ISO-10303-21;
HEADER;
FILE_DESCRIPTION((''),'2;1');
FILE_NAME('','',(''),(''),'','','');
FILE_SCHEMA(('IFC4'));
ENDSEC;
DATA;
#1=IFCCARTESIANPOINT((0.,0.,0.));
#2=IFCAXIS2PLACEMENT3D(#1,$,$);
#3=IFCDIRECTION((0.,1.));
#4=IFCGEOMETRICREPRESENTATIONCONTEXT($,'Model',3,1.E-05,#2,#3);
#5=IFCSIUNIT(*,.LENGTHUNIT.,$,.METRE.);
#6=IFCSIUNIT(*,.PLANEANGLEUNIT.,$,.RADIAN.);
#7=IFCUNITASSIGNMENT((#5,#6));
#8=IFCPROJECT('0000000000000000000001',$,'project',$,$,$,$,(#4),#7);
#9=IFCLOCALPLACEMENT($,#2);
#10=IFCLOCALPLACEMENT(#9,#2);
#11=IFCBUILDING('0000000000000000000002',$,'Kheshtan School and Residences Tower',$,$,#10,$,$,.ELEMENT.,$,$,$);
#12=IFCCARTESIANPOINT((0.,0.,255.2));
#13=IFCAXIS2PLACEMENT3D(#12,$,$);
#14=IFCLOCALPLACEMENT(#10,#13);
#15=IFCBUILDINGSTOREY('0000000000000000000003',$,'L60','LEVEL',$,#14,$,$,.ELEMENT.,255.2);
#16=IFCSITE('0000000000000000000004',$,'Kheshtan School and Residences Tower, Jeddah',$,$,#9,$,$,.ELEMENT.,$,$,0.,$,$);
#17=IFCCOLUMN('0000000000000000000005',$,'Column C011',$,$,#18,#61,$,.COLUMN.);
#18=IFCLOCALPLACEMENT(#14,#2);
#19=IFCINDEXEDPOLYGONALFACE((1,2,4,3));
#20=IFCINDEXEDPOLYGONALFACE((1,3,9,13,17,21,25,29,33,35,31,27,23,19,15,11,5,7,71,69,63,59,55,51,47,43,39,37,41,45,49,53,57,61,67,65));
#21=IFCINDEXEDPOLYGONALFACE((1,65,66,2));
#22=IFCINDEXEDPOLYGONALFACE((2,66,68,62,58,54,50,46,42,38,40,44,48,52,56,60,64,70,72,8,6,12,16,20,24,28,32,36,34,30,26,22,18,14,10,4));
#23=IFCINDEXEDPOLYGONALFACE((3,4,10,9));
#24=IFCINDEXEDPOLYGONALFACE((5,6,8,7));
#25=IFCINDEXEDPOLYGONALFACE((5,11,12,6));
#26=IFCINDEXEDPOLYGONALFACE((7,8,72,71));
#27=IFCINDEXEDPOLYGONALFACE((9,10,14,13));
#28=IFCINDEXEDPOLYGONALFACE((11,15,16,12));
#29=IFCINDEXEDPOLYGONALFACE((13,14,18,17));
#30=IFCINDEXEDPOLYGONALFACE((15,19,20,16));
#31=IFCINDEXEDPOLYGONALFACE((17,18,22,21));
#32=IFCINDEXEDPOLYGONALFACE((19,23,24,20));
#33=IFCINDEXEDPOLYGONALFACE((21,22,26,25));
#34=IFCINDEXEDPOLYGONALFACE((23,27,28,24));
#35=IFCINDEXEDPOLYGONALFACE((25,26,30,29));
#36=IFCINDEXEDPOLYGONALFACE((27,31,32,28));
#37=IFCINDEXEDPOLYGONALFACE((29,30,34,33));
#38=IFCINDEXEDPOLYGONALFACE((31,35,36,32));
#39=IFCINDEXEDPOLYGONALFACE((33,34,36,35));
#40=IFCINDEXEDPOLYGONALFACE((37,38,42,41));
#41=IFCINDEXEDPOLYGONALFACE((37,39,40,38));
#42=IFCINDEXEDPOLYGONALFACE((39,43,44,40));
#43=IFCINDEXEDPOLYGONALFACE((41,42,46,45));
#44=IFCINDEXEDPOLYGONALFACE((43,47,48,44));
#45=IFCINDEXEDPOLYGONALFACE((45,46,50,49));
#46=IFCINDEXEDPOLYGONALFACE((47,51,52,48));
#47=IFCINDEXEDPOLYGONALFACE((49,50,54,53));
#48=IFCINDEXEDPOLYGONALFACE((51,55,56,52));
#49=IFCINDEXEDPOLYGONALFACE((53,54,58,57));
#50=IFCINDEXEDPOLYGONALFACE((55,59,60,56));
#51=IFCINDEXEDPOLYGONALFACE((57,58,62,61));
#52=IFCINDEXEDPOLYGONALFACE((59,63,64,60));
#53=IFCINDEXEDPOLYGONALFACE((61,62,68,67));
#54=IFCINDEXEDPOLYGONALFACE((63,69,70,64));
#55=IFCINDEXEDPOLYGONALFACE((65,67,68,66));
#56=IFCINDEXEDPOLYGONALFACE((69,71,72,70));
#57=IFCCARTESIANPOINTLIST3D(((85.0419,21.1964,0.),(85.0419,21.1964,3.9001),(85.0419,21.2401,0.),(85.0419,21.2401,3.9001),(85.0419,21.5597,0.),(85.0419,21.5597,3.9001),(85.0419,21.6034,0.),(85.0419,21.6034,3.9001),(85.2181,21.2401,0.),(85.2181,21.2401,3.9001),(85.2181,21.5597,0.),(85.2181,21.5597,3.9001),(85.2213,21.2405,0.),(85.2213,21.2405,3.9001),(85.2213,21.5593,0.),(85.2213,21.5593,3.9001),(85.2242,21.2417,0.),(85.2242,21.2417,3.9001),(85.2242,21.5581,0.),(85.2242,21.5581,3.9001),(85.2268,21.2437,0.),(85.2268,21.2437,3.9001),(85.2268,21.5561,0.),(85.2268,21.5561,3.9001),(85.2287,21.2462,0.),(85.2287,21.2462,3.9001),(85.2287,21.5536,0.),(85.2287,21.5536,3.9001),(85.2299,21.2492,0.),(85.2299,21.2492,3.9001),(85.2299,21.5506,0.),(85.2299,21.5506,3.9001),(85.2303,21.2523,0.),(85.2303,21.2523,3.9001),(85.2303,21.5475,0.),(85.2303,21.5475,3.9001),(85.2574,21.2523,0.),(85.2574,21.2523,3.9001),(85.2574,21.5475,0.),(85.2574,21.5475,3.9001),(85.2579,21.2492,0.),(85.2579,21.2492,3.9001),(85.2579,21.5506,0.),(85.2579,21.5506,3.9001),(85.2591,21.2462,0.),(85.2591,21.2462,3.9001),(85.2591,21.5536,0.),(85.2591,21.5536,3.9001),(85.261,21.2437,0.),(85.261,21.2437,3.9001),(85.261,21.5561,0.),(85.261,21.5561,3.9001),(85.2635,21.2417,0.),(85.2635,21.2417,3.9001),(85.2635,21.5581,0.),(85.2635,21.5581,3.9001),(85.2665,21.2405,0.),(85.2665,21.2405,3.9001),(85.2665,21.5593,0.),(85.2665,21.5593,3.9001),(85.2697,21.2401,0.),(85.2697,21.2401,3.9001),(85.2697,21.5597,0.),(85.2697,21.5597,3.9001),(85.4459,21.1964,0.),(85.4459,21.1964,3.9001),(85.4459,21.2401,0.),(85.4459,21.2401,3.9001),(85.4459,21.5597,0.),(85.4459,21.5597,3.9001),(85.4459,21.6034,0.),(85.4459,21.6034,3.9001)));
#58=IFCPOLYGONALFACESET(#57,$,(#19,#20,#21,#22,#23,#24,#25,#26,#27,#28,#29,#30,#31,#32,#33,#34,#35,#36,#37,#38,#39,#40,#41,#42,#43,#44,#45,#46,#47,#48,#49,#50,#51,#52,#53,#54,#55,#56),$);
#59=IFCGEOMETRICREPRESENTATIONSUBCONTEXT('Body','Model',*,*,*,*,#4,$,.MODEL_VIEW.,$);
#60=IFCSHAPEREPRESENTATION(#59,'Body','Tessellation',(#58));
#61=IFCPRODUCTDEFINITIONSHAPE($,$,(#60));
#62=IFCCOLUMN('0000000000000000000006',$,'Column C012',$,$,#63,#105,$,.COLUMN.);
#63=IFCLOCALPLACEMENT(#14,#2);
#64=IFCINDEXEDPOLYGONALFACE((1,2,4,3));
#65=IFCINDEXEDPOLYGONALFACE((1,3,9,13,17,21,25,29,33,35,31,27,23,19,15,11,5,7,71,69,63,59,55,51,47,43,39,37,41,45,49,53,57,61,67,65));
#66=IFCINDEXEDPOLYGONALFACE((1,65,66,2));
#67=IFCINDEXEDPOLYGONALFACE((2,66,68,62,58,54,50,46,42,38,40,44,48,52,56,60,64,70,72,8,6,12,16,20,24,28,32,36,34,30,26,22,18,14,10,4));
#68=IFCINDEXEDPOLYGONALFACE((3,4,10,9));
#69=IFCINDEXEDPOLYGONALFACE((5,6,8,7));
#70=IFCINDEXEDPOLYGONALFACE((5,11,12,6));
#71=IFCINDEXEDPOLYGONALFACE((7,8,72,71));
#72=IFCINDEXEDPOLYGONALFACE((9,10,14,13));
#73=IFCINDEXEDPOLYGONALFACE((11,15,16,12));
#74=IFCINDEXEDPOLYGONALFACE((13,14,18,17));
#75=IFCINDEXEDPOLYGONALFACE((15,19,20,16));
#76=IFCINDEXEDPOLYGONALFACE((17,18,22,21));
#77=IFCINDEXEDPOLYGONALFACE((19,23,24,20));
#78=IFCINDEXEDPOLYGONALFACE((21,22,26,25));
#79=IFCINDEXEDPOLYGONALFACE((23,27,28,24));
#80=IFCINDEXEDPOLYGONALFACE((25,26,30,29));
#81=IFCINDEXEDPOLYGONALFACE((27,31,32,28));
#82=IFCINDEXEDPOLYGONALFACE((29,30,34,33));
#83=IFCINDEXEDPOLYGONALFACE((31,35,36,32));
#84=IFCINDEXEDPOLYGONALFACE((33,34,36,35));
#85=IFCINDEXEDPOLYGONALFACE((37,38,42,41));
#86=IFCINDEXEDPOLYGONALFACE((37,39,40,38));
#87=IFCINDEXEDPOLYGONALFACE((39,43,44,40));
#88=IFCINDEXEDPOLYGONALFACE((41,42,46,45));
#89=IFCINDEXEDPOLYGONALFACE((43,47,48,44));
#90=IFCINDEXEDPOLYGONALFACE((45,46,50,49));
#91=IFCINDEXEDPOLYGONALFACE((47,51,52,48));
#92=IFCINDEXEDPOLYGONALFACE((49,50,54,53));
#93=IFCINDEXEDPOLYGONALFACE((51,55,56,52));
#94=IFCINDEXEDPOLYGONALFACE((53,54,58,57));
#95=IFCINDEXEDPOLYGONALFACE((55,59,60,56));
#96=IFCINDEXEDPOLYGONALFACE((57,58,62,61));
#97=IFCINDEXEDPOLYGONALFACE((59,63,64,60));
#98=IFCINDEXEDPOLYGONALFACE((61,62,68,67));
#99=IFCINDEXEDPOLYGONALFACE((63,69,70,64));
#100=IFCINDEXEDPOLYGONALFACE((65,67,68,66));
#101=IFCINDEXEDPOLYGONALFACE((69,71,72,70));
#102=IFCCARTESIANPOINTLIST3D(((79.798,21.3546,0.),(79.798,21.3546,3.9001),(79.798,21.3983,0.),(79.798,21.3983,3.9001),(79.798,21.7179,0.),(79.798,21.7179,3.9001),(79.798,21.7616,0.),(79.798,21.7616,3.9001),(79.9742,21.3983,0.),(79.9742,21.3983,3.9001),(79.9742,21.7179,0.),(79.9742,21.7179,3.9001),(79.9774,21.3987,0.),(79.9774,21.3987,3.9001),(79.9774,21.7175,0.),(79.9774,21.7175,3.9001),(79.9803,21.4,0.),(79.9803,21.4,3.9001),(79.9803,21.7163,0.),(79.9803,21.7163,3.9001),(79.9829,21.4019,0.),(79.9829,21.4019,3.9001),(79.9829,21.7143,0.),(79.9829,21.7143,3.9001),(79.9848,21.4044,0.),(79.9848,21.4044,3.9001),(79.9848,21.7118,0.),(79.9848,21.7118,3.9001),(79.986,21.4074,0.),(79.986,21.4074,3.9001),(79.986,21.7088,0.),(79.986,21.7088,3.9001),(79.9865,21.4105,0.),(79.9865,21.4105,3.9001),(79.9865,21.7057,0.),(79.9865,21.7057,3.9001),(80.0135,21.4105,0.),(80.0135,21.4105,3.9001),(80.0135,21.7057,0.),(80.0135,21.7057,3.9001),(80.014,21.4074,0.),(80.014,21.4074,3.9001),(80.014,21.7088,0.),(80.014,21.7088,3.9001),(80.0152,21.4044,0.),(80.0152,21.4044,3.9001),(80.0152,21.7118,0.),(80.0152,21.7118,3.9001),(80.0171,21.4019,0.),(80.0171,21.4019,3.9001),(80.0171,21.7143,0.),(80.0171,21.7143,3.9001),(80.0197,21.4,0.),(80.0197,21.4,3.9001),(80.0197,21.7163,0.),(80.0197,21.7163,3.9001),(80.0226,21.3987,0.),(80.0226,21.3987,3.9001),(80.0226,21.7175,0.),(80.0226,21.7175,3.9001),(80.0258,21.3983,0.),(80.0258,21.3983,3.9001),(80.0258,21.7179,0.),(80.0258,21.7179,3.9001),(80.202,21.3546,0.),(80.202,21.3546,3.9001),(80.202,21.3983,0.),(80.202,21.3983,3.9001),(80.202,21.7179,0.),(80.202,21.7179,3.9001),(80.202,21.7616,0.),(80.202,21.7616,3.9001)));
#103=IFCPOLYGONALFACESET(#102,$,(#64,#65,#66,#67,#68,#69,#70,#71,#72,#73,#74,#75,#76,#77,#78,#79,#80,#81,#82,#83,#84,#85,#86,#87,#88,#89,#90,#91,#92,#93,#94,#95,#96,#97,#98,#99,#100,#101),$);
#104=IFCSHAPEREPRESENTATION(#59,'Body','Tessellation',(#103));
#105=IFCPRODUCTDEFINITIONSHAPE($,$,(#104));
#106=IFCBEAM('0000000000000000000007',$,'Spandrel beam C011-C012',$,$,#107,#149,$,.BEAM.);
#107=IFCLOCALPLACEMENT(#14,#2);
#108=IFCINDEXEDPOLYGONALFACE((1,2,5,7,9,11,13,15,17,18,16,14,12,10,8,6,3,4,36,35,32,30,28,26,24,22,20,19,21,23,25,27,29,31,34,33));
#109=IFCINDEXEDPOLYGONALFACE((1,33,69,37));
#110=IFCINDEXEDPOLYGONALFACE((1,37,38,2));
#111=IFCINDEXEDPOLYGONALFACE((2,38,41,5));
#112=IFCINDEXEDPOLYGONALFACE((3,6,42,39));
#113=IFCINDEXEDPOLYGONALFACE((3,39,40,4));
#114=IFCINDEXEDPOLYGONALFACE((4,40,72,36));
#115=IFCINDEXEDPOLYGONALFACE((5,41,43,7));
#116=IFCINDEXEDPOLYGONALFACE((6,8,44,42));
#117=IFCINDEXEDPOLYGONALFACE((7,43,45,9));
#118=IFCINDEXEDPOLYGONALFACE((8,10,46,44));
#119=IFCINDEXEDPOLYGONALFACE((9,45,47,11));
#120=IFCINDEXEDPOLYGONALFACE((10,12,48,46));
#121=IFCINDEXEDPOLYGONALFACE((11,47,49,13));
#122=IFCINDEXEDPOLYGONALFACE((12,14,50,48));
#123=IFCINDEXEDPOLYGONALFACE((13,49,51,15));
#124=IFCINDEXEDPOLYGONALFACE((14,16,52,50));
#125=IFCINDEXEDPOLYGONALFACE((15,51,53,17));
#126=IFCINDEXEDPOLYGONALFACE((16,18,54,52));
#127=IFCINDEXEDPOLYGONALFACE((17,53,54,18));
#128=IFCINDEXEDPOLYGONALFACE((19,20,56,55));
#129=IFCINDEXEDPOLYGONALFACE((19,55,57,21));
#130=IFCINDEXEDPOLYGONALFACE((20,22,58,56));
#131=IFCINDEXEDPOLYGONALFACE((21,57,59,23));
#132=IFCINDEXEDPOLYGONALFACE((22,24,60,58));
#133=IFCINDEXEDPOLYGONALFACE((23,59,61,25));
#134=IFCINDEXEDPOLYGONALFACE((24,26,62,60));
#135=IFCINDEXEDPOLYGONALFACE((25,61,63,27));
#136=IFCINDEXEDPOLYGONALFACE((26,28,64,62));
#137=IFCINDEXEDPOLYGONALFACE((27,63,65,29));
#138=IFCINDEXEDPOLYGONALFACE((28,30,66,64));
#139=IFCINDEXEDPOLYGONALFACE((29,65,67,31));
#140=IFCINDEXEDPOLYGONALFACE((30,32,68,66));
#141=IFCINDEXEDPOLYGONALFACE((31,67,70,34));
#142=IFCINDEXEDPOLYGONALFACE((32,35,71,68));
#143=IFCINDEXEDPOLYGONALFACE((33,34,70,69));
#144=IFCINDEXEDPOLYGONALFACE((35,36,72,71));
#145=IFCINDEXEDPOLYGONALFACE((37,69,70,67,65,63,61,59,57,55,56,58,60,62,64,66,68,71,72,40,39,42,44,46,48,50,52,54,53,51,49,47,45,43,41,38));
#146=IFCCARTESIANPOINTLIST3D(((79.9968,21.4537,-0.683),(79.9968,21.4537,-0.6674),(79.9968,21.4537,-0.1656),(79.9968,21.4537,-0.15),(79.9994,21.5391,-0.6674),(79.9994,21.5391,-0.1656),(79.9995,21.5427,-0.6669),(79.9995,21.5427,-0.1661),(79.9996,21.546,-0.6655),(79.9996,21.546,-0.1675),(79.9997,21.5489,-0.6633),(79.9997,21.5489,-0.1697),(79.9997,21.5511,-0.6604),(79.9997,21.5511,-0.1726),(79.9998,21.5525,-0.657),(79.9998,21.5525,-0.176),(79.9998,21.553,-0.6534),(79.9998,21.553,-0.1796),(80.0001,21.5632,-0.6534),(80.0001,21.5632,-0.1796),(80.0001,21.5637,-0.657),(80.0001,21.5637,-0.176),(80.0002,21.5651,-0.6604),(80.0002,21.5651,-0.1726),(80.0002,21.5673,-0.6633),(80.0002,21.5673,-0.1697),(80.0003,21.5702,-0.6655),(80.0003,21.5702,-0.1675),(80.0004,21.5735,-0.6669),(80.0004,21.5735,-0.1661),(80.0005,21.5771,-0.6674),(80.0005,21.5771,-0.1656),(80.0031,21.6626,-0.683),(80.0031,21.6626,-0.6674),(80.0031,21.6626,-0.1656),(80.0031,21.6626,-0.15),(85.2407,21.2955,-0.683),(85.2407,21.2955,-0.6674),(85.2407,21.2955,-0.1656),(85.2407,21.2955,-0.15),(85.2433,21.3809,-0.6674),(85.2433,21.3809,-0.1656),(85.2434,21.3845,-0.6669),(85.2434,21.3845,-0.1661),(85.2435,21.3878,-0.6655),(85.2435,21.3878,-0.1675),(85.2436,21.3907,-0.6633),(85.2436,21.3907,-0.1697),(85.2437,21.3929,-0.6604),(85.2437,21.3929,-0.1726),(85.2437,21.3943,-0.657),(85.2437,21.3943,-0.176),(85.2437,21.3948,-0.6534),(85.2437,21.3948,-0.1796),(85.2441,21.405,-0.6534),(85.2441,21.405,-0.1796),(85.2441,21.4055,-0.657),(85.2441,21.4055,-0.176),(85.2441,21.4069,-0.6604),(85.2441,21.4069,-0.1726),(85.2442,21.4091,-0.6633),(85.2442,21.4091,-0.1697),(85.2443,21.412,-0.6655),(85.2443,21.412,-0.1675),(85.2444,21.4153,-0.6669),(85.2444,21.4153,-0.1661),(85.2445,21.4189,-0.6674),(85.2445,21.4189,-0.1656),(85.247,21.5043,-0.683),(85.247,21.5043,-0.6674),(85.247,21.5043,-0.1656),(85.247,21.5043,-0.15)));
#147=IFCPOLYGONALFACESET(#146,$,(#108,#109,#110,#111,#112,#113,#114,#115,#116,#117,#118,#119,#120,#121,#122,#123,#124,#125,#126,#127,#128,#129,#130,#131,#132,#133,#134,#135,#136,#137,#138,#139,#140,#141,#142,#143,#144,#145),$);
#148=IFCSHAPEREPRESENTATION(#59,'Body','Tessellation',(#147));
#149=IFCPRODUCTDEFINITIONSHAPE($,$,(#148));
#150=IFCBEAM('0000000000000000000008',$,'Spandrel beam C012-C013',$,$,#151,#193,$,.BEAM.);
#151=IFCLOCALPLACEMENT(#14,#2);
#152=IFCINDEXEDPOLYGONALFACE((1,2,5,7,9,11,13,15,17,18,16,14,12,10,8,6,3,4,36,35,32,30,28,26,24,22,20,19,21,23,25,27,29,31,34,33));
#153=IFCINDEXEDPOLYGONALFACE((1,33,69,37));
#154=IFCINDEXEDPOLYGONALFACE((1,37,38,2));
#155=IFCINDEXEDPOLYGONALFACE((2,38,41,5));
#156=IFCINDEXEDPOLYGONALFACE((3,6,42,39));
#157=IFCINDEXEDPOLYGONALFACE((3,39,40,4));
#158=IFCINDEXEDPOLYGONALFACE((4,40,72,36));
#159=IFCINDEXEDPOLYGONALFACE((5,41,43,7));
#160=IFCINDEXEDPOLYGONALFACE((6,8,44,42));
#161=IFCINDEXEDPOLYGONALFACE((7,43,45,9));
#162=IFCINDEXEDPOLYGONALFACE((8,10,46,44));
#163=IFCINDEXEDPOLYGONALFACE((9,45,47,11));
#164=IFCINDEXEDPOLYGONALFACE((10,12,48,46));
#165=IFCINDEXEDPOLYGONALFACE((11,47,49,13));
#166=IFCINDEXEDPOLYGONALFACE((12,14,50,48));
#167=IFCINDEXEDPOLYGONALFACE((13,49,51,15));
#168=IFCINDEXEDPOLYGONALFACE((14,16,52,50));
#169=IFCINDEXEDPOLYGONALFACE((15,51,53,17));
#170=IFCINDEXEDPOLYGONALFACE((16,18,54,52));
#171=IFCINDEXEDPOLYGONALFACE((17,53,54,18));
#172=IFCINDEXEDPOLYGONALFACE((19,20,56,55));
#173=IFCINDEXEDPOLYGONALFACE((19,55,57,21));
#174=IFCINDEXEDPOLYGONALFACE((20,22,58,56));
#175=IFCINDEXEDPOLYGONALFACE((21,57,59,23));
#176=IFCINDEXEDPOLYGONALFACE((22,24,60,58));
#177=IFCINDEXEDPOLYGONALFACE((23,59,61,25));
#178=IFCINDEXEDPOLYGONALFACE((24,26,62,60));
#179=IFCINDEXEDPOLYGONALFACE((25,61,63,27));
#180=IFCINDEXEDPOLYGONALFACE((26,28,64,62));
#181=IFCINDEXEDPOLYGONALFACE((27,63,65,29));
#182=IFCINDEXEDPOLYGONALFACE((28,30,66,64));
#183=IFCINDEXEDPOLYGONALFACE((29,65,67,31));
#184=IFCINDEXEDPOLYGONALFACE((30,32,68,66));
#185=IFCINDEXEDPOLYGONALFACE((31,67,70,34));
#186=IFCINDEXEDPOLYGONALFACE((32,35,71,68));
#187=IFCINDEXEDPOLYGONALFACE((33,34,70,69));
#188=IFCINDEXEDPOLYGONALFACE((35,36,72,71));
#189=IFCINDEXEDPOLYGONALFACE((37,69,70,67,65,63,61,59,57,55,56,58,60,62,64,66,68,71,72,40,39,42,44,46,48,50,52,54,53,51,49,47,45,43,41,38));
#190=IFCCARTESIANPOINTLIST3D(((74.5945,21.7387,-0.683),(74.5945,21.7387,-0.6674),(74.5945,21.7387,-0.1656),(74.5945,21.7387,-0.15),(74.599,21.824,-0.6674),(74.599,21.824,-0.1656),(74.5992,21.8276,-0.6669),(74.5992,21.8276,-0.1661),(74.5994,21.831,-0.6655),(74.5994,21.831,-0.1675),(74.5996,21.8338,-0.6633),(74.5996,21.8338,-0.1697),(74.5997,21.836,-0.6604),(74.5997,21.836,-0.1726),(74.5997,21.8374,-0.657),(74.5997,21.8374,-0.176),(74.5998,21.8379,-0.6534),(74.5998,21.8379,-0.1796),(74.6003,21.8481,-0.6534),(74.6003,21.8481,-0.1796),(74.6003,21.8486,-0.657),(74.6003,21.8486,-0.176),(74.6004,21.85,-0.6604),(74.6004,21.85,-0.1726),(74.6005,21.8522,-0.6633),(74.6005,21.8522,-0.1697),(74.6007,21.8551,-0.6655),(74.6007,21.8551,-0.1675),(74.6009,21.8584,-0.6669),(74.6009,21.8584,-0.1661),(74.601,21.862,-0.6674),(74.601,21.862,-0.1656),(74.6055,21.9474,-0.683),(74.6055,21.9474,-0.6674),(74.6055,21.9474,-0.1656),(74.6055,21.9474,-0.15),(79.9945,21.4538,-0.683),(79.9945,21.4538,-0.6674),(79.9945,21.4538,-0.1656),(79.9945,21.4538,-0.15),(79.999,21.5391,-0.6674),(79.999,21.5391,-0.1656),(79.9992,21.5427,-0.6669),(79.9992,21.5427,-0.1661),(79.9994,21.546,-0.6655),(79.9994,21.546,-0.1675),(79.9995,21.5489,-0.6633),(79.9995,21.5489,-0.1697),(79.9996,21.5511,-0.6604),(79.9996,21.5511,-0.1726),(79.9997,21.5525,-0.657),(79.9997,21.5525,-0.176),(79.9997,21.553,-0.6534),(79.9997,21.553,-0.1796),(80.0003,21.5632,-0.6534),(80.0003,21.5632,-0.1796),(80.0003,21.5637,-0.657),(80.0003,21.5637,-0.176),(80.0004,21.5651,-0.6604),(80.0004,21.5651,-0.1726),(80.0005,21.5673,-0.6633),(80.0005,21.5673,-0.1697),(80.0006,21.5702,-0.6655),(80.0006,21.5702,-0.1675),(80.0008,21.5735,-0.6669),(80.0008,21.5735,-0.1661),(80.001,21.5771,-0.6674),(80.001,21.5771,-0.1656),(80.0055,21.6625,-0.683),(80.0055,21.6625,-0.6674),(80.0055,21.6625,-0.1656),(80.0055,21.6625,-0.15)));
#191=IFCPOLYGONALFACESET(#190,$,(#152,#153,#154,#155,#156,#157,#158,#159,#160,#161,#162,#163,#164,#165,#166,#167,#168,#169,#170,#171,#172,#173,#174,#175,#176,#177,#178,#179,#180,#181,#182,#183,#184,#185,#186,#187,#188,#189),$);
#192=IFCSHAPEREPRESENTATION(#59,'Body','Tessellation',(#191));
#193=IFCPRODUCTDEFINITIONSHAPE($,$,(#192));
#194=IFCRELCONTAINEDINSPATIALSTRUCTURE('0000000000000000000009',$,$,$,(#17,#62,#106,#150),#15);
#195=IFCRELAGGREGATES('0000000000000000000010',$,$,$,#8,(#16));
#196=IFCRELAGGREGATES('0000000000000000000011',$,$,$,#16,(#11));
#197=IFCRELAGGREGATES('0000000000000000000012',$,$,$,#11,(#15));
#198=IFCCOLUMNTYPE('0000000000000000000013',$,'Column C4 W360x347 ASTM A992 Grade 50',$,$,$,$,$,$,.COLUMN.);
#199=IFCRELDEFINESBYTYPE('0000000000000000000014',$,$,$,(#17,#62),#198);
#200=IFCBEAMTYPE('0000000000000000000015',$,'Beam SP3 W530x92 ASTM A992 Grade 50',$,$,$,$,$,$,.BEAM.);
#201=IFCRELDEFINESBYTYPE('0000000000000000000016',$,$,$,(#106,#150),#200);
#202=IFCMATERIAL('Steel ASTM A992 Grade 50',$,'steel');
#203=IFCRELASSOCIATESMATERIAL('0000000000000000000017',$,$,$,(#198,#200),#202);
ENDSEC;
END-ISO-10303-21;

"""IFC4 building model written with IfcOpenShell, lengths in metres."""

from ifc_helpers import new_model, si_unit, direction, frame, origin, origin_2d, place, context, subcontext, project, spatial, i_section, extrude, material, material_profile, profile_set, type_object, element, save


model = new_model("IFC4")

# Units and contexts
model_context = context("Model", 3, precision=1e-05, world=origin(), true_north=direction((0.0, 1.0)))
body_context = subcontext(model_context, "Body", "Model", "MODEL_VIEW")
ifc_project = project(units=[si_unit("LENGTHUNIT", "METRE"), si_unit("PLANEANGLEUNIT", "RADIAN")], contexts=[model_context])

# Site, building, storey
site_placement = place(None, origin())
site = spatial("IfcSite", under=ifc_project, at=site_placement, Name="Kheshtan School and Residences Tower, Jeddah", CompositionType="ELEMENT", RefElevation=0.0)
building_placement = place(site_placement, origin())
building = spatial("IfcBuilding", under=site, at=building_placement, Name="Kheshtan School and Residences Tower", CompositionType="ELEMENT")
storey_placement = place(building_placement, frame((0.0, 0.0, 255.2)))
storey = spatial("IfcBuildingStorey", under=building, at=storey_placement, Name="L60", Description="LEVEL", CompositionType="ELEMENT", Elevation=255.2)

# Columns
ifc_material_1 = material(Name="Steel ASTM A992 Grade 50", Category="steel")
ifc_material_profile_1 = material_profile(ifc_material_1, i_section(OverallWidth=0.4041, OverallDepth=0.407, WebThickness=0.0271, FlangeThickness=0.0437, FilletRadius=0.0122, at=origin_2d()), Name="W360x347")
ifc_profile_set_1 = profile_set([ifc_material_profile_1], Name="Steel ASTM A992 Grade 50")
column_type = type_object("IfcColumnType", Name="Column C4 W360x347 ASTM A992 Grade 50", PredefinedType="COLUMN", material=ifc_profile_set_1)
for number, where, z_axis, x_axis, name in (
    (1, (85.2439, 21.3999, 0.0), (0.0, 0.0, 1.0), (1.0, 0.0, 0.0), "Column C011"),
    (2, (80.0, 21.5581, 0.0), (0.0, 0.0, 1.0), (1.0, 0.0, 0.0), "Column C012"),
):
    element("IfcColumn", number, at=place(storey_placement, frame(where, z_axis=z_axis, x_axis=x_axis)), inside=storey, type_object=column_type, Name=name, PredefinedType="COLUMN", context=body_context, shape_type="SweptSolid", body=[
        extrude(i_section(OverallWidth=0.4041, OverallDepth=0.407, WebThickness=0.0271, FlangeThickness=0.0437, FilletRadius=0.0122, at=origin_2d()), origin(), (0.0, 0.0, 1.0), 3.9001),
    ])

# Beams
ifc_material_profile_2 = material_profile(ifc_material_1, i_section(OverallWidth=0.209, OverallDepth=0.533, WebThickness=0.0103, FlangeThickness=0.0156, FilletRadius=0.0139, at=origin_2d()), Name="W530x92")
ifc_profile_set_2 = profile_set([ifc_material_profile_2], Name="Steel ASTM A992 Grade 50")
beam_type = type_object("IfcBeamType", Name="Beam SP3 W530x92 ASTM A992 Grade 50", PredefinedType="BEAM", material=ifc_profile_set_2)
beam_1_placement = place(storey_placement, frame((85.2439, 21.3999, -0.4165), z_axis=(-0.999545, 0.030155, 0.0), x_axis=(-0.030155, -0.999545, 0.0)))
element("IfcBeam", 3, at=beam_1_placement, inside=storey, type_object=beam_type, Name="Spandrel beam C011-C012", PredefinedType="BEAM", context=body_context, shape_type="SweptSolid", body=[
    extrude(i_section(OverallWidth=0.209, OverallDepth=0.533, WebThickness=0.0103, FlangeThickness=0.0156, FilletRadius=0.0139, at=origin_2d()), origin(), (0.0, 0.0, 1.0), 5.2463),
])
beam_2_placement = place(storey_placement, frame((80.0, 21.5581, -0.4165), z_axis=(-0.998611, 0.052689, 0.0), x_axis=(-0.052689, -0.998611, 0.0)))
element("IfcBeam", 4, at=beam_2_placement, inside=storey, type_object=beam_type, Name="Spandrel beam C012-C013", PredefinedType="BEAM", context=body_context, shape_type="SweptSolid", body=[
    extrude(i_section(OverallWidth=0.209, OverallDepth=0.533, WebThickness=0.0103, FlangeThickness=0.0156, FilletRadius=0.0139, at=origin_2d()), origin(), (0.0, 0.0, 1.0), 5.4075),
])

save(model, "model.ifc")
